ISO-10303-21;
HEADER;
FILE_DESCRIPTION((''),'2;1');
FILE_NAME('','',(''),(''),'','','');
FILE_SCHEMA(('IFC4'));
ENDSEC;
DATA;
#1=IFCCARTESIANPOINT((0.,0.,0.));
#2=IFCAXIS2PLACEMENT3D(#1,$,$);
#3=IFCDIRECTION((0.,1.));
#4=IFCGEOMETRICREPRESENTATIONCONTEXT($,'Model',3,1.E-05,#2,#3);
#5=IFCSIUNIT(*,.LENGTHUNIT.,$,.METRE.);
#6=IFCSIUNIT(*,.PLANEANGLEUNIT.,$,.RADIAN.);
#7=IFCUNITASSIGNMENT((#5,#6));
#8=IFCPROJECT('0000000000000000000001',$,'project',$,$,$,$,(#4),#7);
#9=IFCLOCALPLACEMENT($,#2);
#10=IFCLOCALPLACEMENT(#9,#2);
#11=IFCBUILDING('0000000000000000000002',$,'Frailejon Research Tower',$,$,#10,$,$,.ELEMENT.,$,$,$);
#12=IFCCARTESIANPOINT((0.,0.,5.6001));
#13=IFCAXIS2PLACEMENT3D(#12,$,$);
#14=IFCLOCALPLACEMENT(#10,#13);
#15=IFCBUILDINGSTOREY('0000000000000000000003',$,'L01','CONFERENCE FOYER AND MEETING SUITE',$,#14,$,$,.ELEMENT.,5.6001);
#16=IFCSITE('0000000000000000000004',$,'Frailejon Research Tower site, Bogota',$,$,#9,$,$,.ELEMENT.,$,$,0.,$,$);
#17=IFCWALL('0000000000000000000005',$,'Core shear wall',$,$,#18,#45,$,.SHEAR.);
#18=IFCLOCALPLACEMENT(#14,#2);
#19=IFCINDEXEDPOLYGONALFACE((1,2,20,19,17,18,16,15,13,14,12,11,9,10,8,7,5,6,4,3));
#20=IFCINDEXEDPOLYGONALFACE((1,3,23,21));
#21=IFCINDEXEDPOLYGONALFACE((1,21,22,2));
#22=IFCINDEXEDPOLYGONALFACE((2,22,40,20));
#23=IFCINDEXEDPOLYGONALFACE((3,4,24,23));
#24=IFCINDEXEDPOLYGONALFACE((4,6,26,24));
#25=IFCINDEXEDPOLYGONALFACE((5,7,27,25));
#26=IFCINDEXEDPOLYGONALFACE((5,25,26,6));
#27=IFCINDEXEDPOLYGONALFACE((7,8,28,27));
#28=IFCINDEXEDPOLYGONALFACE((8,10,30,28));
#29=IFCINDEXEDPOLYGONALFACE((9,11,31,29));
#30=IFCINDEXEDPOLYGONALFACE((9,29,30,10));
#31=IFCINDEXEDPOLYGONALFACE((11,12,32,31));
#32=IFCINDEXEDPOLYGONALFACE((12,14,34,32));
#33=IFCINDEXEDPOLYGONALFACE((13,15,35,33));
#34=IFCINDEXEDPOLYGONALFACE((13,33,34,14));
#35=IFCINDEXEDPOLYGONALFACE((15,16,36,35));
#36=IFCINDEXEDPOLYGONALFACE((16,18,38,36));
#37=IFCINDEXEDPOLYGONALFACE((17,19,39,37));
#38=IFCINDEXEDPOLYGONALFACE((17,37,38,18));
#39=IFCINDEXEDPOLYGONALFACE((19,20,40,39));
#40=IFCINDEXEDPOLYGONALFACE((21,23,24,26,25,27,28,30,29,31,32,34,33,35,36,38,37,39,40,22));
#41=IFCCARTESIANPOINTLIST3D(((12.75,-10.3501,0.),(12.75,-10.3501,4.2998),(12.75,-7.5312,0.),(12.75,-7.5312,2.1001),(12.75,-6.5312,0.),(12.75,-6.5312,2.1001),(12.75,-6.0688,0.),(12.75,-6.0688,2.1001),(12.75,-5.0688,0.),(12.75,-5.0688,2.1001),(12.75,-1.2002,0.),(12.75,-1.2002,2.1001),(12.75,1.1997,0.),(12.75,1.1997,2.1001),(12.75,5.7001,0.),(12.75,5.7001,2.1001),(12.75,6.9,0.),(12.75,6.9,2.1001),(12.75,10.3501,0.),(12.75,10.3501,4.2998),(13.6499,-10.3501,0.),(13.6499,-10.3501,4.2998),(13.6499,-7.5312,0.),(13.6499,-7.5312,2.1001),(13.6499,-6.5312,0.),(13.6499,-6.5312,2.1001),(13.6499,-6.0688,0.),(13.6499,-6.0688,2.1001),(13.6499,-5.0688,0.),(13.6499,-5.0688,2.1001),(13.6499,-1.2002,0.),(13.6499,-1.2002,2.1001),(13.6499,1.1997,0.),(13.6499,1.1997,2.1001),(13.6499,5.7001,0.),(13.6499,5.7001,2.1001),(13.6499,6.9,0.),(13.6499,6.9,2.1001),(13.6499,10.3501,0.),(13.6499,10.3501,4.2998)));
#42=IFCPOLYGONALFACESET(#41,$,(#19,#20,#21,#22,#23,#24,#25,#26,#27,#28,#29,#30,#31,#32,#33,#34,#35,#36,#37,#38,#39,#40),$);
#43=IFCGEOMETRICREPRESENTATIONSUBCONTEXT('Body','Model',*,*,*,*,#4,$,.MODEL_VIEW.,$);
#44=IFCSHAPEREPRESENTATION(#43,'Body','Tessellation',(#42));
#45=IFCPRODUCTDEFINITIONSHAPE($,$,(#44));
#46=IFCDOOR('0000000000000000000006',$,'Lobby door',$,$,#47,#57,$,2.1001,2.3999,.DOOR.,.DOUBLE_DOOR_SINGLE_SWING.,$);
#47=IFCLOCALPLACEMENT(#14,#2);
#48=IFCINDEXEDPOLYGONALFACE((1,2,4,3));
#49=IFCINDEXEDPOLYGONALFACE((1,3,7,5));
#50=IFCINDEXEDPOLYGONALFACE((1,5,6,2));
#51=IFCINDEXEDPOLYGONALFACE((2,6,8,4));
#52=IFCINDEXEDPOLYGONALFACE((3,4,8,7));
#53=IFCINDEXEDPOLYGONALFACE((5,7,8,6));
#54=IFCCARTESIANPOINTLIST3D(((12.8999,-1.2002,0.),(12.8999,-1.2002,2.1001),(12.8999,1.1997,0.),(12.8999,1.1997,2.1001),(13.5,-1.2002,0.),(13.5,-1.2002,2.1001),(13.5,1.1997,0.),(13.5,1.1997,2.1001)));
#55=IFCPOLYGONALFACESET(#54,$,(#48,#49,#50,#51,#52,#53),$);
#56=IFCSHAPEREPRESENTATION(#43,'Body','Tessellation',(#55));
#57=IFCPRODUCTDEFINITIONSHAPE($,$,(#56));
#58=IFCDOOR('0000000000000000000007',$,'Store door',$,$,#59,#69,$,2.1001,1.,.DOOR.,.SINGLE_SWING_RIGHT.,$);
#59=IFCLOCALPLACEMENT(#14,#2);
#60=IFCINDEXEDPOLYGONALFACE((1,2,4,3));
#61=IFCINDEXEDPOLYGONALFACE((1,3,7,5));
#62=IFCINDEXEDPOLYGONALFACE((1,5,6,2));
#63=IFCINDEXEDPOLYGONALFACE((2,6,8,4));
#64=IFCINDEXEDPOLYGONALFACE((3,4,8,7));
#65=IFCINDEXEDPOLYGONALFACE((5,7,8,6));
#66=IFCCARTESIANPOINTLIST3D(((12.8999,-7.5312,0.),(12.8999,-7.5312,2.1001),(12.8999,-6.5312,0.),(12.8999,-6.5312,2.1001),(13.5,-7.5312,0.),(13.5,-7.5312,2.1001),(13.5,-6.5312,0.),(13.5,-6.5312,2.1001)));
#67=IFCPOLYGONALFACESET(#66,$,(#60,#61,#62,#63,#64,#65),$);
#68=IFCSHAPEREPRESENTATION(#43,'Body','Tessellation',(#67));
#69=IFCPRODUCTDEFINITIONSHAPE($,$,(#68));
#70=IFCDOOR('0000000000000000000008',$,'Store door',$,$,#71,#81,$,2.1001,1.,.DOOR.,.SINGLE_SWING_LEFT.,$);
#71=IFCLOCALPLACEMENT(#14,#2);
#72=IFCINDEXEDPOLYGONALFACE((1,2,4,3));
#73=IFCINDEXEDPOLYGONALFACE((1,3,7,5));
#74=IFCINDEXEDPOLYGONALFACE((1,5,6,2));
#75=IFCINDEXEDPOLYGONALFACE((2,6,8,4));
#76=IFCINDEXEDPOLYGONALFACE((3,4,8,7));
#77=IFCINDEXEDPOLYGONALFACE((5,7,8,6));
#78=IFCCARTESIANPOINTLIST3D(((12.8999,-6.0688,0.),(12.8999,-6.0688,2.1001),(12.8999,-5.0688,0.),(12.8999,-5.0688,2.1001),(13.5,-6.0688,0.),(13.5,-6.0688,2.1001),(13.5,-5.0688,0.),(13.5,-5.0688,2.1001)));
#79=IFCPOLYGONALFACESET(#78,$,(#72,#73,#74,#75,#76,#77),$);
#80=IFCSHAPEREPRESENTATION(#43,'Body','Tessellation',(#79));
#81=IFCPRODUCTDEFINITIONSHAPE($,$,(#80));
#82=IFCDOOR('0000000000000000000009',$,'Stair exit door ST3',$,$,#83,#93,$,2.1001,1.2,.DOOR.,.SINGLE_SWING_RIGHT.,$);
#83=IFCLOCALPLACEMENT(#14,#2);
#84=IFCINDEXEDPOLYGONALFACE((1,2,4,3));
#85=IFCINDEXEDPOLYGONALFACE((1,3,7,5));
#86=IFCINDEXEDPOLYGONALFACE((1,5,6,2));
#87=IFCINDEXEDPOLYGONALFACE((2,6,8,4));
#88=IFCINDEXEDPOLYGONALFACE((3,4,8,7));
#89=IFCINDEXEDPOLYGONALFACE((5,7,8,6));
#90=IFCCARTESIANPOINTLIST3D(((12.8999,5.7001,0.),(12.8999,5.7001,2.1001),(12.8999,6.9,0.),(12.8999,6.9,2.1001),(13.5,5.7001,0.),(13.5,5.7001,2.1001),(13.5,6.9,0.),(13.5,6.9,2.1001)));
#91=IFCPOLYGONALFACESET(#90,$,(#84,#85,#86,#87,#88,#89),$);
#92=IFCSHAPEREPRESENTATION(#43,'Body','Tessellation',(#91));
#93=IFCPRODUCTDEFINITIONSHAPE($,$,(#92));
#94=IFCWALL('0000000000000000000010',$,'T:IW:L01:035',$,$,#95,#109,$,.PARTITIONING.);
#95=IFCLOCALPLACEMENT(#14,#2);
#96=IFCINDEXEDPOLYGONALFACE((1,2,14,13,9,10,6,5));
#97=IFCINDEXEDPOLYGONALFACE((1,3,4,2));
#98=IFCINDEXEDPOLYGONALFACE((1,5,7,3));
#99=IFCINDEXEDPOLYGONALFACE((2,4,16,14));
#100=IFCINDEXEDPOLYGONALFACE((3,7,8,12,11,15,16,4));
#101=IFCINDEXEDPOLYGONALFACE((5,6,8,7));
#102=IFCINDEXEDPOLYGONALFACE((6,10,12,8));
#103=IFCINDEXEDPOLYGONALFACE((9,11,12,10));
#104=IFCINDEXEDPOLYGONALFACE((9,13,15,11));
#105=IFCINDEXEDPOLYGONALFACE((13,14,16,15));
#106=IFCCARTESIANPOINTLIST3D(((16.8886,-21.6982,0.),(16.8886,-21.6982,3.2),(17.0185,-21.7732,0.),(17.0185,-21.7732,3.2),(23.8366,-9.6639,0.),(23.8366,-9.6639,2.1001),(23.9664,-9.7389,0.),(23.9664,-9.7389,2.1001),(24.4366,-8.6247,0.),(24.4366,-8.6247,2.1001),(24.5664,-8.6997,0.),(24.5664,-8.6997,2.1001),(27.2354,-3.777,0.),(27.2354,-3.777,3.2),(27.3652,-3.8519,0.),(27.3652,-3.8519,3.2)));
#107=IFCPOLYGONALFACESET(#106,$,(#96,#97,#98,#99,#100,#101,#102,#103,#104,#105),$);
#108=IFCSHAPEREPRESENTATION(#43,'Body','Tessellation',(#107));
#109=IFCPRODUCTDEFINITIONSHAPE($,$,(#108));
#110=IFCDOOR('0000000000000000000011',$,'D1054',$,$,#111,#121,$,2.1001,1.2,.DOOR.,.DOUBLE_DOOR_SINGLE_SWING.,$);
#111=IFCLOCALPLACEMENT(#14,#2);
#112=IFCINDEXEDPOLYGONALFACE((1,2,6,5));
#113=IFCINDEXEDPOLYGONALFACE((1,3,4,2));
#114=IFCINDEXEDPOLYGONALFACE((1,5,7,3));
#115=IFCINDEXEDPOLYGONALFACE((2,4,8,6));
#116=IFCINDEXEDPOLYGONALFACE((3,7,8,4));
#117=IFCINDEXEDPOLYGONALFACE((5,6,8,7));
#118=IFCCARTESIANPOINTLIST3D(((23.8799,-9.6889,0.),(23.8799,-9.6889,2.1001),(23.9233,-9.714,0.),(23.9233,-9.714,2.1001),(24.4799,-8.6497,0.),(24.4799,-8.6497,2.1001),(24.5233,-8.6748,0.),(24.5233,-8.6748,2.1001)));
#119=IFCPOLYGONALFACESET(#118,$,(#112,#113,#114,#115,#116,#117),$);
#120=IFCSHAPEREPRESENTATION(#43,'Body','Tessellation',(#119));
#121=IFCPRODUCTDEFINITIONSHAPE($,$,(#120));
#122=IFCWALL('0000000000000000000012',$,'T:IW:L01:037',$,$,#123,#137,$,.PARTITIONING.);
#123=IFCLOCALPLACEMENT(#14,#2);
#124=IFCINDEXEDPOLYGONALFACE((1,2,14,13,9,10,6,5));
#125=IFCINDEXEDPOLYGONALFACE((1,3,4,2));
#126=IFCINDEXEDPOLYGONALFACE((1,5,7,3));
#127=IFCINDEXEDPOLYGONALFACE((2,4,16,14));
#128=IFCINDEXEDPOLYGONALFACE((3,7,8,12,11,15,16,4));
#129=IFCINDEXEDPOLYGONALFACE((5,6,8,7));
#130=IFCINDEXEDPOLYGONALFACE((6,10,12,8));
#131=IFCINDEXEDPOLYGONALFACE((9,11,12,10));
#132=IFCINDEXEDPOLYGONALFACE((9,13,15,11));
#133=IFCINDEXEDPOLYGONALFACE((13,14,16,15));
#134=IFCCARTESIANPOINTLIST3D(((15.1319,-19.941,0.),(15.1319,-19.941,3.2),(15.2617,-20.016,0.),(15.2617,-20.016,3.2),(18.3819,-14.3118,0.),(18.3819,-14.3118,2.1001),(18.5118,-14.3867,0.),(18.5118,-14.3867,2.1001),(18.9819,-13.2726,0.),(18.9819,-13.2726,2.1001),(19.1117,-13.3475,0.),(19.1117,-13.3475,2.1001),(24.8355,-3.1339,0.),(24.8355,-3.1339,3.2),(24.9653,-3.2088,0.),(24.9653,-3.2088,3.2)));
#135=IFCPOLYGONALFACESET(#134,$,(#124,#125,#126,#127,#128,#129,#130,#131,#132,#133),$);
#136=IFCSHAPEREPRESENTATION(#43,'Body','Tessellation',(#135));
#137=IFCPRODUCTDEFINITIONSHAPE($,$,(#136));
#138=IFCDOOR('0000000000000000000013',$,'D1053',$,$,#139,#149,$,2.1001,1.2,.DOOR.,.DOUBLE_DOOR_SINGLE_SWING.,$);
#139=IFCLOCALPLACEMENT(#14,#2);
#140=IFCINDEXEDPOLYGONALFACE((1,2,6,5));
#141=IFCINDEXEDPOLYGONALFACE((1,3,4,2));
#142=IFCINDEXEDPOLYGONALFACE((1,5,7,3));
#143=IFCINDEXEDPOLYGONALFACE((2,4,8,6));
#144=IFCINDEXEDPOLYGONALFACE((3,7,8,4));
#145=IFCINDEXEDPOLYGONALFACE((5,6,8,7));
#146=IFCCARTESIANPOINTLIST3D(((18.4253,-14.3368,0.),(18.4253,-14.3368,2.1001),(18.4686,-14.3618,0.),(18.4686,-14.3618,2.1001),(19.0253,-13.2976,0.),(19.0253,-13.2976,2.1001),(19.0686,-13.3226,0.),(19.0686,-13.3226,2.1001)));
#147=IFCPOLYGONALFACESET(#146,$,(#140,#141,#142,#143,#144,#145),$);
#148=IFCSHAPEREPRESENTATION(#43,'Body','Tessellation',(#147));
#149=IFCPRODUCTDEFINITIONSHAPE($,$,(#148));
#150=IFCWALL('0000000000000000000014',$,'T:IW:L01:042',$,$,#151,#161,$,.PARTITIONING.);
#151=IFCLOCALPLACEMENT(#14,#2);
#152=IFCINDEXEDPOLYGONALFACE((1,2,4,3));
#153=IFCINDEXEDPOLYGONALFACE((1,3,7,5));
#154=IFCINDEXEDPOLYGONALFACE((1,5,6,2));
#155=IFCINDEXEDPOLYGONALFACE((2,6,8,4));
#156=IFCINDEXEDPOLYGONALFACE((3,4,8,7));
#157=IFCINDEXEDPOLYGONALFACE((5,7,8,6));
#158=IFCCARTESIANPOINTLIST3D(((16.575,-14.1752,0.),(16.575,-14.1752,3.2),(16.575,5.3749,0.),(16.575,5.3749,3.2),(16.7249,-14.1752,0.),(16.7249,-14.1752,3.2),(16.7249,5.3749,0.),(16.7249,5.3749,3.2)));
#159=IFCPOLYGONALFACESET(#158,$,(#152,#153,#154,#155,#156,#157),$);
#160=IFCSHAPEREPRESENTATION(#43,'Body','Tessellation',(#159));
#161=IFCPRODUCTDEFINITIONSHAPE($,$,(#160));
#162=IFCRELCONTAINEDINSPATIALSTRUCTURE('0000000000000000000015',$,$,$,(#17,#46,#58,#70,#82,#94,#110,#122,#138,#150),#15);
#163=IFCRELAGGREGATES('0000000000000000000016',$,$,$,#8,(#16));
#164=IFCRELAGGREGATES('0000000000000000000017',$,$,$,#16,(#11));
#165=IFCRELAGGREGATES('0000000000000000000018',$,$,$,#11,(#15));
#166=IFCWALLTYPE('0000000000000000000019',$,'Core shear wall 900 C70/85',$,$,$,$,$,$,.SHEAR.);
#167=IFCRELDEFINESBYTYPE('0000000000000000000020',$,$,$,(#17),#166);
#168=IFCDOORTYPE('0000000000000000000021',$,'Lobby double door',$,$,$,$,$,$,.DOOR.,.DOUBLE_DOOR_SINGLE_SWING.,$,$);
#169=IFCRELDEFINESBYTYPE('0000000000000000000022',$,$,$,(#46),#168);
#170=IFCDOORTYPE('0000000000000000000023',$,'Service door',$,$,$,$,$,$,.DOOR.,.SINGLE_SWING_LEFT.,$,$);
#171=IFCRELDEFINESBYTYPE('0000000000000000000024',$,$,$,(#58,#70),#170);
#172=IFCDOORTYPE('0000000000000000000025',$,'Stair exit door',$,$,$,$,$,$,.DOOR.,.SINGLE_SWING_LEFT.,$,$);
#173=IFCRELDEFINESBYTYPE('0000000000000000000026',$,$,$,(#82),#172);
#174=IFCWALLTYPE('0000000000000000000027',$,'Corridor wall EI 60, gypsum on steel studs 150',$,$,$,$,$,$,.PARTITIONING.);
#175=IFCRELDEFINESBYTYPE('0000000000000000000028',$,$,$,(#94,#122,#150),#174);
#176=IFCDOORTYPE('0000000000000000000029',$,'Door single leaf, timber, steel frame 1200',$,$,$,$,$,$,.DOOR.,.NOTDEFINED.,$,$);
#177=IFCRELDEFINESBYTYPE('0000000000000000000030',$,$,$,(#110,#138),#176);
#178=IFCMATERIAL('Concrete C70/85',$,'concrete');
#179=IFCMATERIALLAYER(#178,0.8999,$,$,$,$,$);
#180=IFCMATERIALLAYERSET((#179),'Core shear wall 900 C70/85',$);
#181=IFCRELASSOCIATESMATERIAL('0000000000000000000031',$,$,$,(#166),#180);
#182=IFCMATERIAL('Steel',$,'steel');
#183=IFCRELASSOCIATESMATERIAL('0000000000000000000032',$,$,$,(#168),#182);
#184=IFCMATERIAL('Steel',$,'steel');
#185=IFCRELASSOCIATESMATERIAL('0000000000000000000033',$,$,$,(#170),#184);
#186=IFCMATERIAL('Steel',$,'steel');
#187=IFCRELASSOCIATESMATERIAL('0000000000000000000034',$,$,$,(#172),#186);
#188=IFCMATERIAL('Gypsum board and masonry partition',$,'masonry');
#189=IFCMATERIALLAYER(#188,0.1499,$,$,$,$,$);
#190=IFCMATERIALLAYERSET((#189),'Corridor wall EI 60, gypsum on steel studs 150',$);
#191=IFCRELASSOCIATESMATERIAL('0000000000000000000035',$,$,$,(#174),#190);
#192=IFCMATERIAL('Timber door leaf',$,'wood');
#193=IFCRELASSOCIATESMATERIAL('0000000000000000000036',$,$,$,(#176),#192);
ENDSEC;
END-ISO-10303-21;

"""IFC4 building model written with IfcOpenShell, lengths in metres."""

from ifc_helpers import new_model, si_unit, direction, frame, frame_2d, origin, place, context, subcontext, project, spatial, rectangle, extrude, material, layer, layer_set, type_object, element, fill, save


model = new_model("IFC4")

# Units and contexts
model_context = context("Model", 3, precision=1e-05, world=origin(), true_north=direction((0.0, 1.0)))
body_context = subcontext(model_context, "Body", "Model", "MODEL_VIEW")
ifc_project = project(units=[si_unit("LENGTHUNIT", "METRE"), si_unit("PLANEANGLEUNIT", "RADIAN")], contexts=[model_context])

# Site, building, storey
site_placement = place(None, origin())
site = spatial("IfcSite", under=ifc_project, at=site_placement, Name="Frailejon Research Tower site, Bogota", CompositionType="ELEMENT", RefElevation=0.0)
building_placement = place(site_placement, origin())
building = spatial("IfcBuilding", under=site, at=building_placement, Name="Frailejon Research Tower", CompositionType="ELEMENT")
storey_placement = place(building_placement, frame((0.0, 0.0, 5.6001)))
storey = spatial("IfcBuildingStorey", under=building, at=storey_placement, Name="L01", Description="CONFERENCE FOYER AND MEETING SUITE", CompositionType="ELEMENT", Elevation=5.6001)

# Wall, openings, doors
ifc_material_1 = material(Name="Concrete C70/85", Category="concrete")
ifc_layer_1 = layer(ifc_material_1, 0.8999)
ifc_layer_set_1 = layer_set([ifc_layer_1], Name="Core shear wall 900 C70/85")
wall_type_1 = type_object("IfcWallType", Name="Core shear wall 900 C70/85", PredefinedType="SHEAR", material=ifc_layer_set_1)
wall_1_placement = place(storey_placement, frame((13.2, -10.3501, 0.0), z_axis=(0.0, 0.0, 1.0), x_axis=(0.0, 1.0, 0.0)))
wall_1 = element("IfcWall", 1, at=wall_1_placement, inside=storey, type_object=wall_type_1, Name="Core shear wall", PredefinedType="SHEAR", context=body_context, shape_type="SweptSolid", body=[
    extrude(rectangle(XDim=20.7002, YDim=0.8999, at=frame_2d((10.3501, 0.0))), origin(), (0.0, 0.0, 1.0), 4.2998),
])
opening_1_placement = place(wall_1_placement, frame((9.1499, 0.0, 0.0)))
opening_1 = element("IfcOpeningElement", 2, at=opening_1_placement, cuts=wall_1, PredefinedType="OPENING", context=body_context, shape_type="SweptSolid", body=[
    extrude(rectangle(XDim=2.3999, YDim=2.1001, at=frame_2d((1.2, 1.05))), frame((0.0, 0.46, 0.0), z_axis=(0.0, -1.0, 0.0), x_axis=(1.0, 0.0, 0.0)), (0.0, 0.0, 1.0), 0.9199),
])
opening_2_placement = place(wall_1_placement, frame((16.05, 0.0, 0.0)))
opening_2 = element("IfcOpeningElement", 3, at=opening_2_placement, cuts=wall_1, PredefinedType="OPENING", context=body_context, shape_type="SweptSolid", body=[
    extrude(rectangle(XDim=1.2, YDim=2.1001, at=frame_2d((0.6001, 1.05))), frame((0.0, 0.46, 0.0), z_axis=(0.0, -1.0, 0.0), x_axis=(1.0, 0.0, 0.0)), (0.0, 0.0, 1.0), 0.9199),
])
opening_3_placement = place(wall_1_placement, frame((2.8188, 0.0, 0.0)))
opening_3 = element("IfcOpeningElement", 4, at=opening_3_placement, cuts=wall_1, PredefinedType="OPENING", context=body_context, shape_type="SweptSolid", body=[
    extrude(rectangle(XDim=1.0, YDim=2.1001, at=frame_2d((0.5, 1.05))), frame((0.0, 0.46, 0.0), z_axis=(0.0, -1.0, 0.0), x_axis=(1.0, 0.0, 0.0)), (0.0, 0.0, 1.0), 0.9199),
])
opening_4_placement = place(wall_1_placement, frame((4.2812, 0.0, 0.0)))
opening_4 = element("IfcOpeningElement", 5, at=opening_4_placement, cuts=wall_1, PredefinedType="OPENING", context=body_context, shape_type="SweptSolid", body=[
    extrude(rectangle(XDim=1.0, YDim=2.1001, at=frame_2d((0.5, 1.05))), frame((0.0, 0.46, 0.0), z_axis=(0.0, -1.0, 0.0), x_axis=(1.0, 0.0, 0.0)), (0.0, 0.0, 1.0), 0.9199),
])
ifc_material_2 = material(Name="Steel", Category="steel")
door_type_1 = type_object("IfcDoorType", Name="Lobby double door", OperationType="DOUBLE_DOOR_SINGLE_SWING", PredefinedType="DOOR", material=ifc_material_2)
door_1_placement = place(opening_1_placement, origin())
door_1 = element("IfcDoor", 6, at=door_1_placement, inside=storey, type_object=door_type_1, Name="Lobby door", OperationType="DOUBLE_DOOR_SINGLE_SWING", OverallHeight=2.1001, OverallWidth=2.3999, PredefinedType="DOOR", context=body_context, shape_type="SweptSolid", body=[
    extrude(rectangle(XDim=2.3999, YDim=2.1001, at=frame_2d((1.2, 1.05))), frame((0.0, 0.3, 0.0), z_axis=(0.0, -1.0, 0.0), x_axis=(1.0, 0.0, 0.0)), (0.0, 0.0, 1.0), 0.6001),
])
fill(opening_1, door_1)
ifc_material_3 = material(Name="Steel", Category="steel")
door_type_2 = type_object("IfcDoorType", Name="Service door", OperationType="SINGLE_SWING_LEFT", PredefinedType="DOOR", material=ifc_material_3)
door_2_placement = place(opening_3_placement, origin())
door_2 = element("IfcDoor", 7, at=door_2_placement, inside=storey, type_object=door_type_2, Name="Store door", OperationType="SINGLE_SWING_RIGHT", OverallHeight=2.1001, OverallWidth=1.0, PredefinedType="DOOR", context=body_context, shape_type="SweptSolid", body=[
    extrude(rectangle(XDim=1.0, YDim=2.1001, at=frame_2d((0.5, 1.05))), frame((0.0, 0.3, 0.0), z_axis=(0.0, -1.0, 0.0), x_axis=(1.0, 0.0, 0.0)), (0.0, 0.0, 1.0), 0.6001),
])
fill(opening_3, door_2)
door_3_placement = place(opening_4_placement, origin())
door_3 = element("IfcDoor", 8, at=door_3_placement, inside=storey, type_object=door_type_2, Name="Store door", OperationType="SINGLE_SWING_LEFT", OverallHeight=2.1001, OverallWidth=1.0, PredefinedType="DOOR", context=body_context, shape_type="SweptSolid", body=[
    extrude(rectangle(XDim=1.0, YDim=2.1001, at=frame_2d((0.5, 1.05))), frame((0.0, 0.3, 0.0), z_axis=(0.0, -1.0, 0.0), x_axis=(1.0, 0.0, 0.0)), (0.0, 0.0, 1.0), 0.6001),
])
fill(opening_4, door_3)
ifc_material_4 = material(Name="Steel", Category="steel")
door_type_3 = type_object("IfcDoorType", Name="Stair exit door", OperationType="SINGLE_SWING_LEFT", PredefinedType="DOOR", material=ifc_material_4)
door_4_placement = place(opening_2_placement, origin())
door_4 = element("IfcDoor", 9, at=door_4_placement, inside=storey, type_object=door_type_3, Name="Stair exit door ST3", OperationType="SINGLE_SWING_RIGHT", OverallHeight=2.1001, OverallWidth=1.2, PredefinedType="DOOR", context=body_context, shape_type="SweptSolid", body=[
    extrude(rectangle(XDim=1.2, YDim=2.1001, at=frame_2d((0.6001, 1.05))), frame((0.0, 0.3, 0.0), z_axis=(0.0, -1.0, 0.0), x_axis=(1.0, 0.0, 0.0)), (0.0, 0.0, 1.0), 0.6001),
])
fill(opening_2, door_4)

# Walls, openings, doors
ifc_material_5 = material(Name="Gypsum board and masonry partition", Category="masonry")
ifc_layer_2 = layer(ifc_material_5, 0.1499)
ifc_layer_set_2 = layer_set([ifc_layer_2], Name="Corridor wall EI 60, gypsum on steel studs 150")
wall_type_2 = type_object("IfcWallType", Name="Corridor wall EI 60, gypsum on steel studs 150", PredefinedType="PARTITIONING", material=ifc_layer_set_2)
wall_2_placement = place(storey_placement, frame((16.9536, -21.7356, 0.0), z_axis=(0.0, 0.0, 1.0), x_axis=(0.499996, 0.866027, 0.0)))
wall_2 = element("IfcWall", 10, at=wall_2_placement, inside=storey, type_object=wall_type_2, Name="T:IW:L01:035", PredefinedType="PARTITIONING", context=body_context, shape_type="SweptSolid", body=[
    extrude(rectangle(XDim=20.6936, YDim=0.1499, at=frame_2d((10.3467, 0.0))), origin(), (0.0, 0.0, 1.0), 3.2),
])
opening_5_placement = place(wall_2_placement, frame((13.8958, 0.0, 0.0)))
opening_5 = element("IfcOpeningElement", 11, at=opening_5_placement, cuts=wall_2, PredefinedType="OPENING", context=body_context, shape_type="SweptSolid", body=[
    extrude(rectangle(XDim=1.2, YDim=2.1001, at=frame_2d((0.6001, 1.05))), frame((0.0, 0.085, 0.0), z_axis=(0.0, -1.0, 0.0), x_axis=(1.0, 0.0, 0.0)), (0.0, 0.0, 1.0), 0.1699),
])
ifc_material_6 = material(Name="Timber door leaf", Category="wood")
door_type_4 = type_object("IfcDoorType", Name="Door single leaf, timber, steel frame 1200", OperationType="NOTDEFINED", PredefinedType="DOOR", material=ifc_material_6)
door_5_placement = place(opening_5_placement, origin())
door_5 = element("IfcDoor", 12, at=door_5_placement, inside=storey, type_object=door_type_4, Name="D1054", OperationType="DOUBLE_DOOR_SINGLE_SWING", OverallHeight=2.1001, OverallWidth=1.2, PredefinedType="DOOR", context=body_context, shape_type="SweptSolid", body=[
    extrude(rectangle(XDim=1.2, YDim=2.1001, at=frame_2d((0.6001, 1.05))), frame((0.0, 0.0249, 0.0), z_axis=(0.0, -1.0, 0.0), x_axis=(1.0, 0.0, 0.0)), (0.0, 0.0, 1.0), 0.05),
])
fill(opening_5, door_5)
wall_3_placement = place(storey_placement, frame((15.1968, -19.9785, 0.0), z_axis=(0.0, 0.0, 1.0), x_axis=(0.5, 0.866025, 0.0)))
wall_3 = element("IfcWall", 13, at=wall_3_placement, inside=storey, type_object=wall_type_2, Name="T:IW:L01:037", PredefinedType="PARTITIONING", context=body_context, shape_type="SweptSolid", body=[
    extrude(rectangle(XDim=19.4072, YDim=0.1499, at=frame_2d((9.7036, 0.0))), origin(), (0.0, 0.0, 1.0), 3.2),
])
opening_6_placement = place(wall_3_placement, frame((6.5, 0.0, 0.0)))
opening_6 = element("IfcOpeningElement", 14, at=opening_6_placement, cuts=wall_3, PredefinedType="OPENING", context=body_context, shape_type="SweptSolid", body=[
    extrude(rectangle(XDim=1.2, YDim=2.1001, at=frame_2d((0.6001, 1.05))), frame((0.0, 0.085, 0.0), z_axis=(0.0, -1.0, 0.0), x_axis=(1.0, 0.0, 0.0)), (0.0, 0.0, 1.0), 0.1699),
])
door_6_placement = place(opening_6_placement, origin())
door_6 = element("IfcDoor", 15, at=door_6_placement, inside=storey, type_object=door_type_4, Name="D1053", OperationType="DOUBLE_DOOR_SINGLE_SWING", OverallHeight=2.1001, OverallWidth=1.2, PredefinedType="DOOR", context=body_context, shape_type="SweptSolid", body=[
    extrude(rectangle(XDim=1.2, YDim=2.1001, at=frame_2d((0.6001, 1.05))), frame((0.0, 0.0249, 0.0), z_axis=(0.0, -1.0, 0.0), x_axis=(1.0, 0.0, 0.0)), (0.0, 0.0, 1.0), 0.05),
])
fill(opening_6, door_6)

# Wall
wall_4_placement = place(storey_placement, frame((16.6499, -14.175, 0.0), z_axis=(0.0, 0.0, 1.0), x_axis=(0.0, 1.0, 0.0)))
element("IfcWall", 16, at=wall_4_placement, inside=storey, type_object=wall_type_2, Name="T:IW:L01:042", PredefinedType="PARTITIONING", context=body_context, shape_type="SweptSolid", body=[
    extrude(rectangle(XDim=19.55, YDim=0.1499, at=frame_2d((9.7749, 0.0))), origin(), (0.0, 0.0, 1.0), 3.2),
])

save(model, "model.ifc")
